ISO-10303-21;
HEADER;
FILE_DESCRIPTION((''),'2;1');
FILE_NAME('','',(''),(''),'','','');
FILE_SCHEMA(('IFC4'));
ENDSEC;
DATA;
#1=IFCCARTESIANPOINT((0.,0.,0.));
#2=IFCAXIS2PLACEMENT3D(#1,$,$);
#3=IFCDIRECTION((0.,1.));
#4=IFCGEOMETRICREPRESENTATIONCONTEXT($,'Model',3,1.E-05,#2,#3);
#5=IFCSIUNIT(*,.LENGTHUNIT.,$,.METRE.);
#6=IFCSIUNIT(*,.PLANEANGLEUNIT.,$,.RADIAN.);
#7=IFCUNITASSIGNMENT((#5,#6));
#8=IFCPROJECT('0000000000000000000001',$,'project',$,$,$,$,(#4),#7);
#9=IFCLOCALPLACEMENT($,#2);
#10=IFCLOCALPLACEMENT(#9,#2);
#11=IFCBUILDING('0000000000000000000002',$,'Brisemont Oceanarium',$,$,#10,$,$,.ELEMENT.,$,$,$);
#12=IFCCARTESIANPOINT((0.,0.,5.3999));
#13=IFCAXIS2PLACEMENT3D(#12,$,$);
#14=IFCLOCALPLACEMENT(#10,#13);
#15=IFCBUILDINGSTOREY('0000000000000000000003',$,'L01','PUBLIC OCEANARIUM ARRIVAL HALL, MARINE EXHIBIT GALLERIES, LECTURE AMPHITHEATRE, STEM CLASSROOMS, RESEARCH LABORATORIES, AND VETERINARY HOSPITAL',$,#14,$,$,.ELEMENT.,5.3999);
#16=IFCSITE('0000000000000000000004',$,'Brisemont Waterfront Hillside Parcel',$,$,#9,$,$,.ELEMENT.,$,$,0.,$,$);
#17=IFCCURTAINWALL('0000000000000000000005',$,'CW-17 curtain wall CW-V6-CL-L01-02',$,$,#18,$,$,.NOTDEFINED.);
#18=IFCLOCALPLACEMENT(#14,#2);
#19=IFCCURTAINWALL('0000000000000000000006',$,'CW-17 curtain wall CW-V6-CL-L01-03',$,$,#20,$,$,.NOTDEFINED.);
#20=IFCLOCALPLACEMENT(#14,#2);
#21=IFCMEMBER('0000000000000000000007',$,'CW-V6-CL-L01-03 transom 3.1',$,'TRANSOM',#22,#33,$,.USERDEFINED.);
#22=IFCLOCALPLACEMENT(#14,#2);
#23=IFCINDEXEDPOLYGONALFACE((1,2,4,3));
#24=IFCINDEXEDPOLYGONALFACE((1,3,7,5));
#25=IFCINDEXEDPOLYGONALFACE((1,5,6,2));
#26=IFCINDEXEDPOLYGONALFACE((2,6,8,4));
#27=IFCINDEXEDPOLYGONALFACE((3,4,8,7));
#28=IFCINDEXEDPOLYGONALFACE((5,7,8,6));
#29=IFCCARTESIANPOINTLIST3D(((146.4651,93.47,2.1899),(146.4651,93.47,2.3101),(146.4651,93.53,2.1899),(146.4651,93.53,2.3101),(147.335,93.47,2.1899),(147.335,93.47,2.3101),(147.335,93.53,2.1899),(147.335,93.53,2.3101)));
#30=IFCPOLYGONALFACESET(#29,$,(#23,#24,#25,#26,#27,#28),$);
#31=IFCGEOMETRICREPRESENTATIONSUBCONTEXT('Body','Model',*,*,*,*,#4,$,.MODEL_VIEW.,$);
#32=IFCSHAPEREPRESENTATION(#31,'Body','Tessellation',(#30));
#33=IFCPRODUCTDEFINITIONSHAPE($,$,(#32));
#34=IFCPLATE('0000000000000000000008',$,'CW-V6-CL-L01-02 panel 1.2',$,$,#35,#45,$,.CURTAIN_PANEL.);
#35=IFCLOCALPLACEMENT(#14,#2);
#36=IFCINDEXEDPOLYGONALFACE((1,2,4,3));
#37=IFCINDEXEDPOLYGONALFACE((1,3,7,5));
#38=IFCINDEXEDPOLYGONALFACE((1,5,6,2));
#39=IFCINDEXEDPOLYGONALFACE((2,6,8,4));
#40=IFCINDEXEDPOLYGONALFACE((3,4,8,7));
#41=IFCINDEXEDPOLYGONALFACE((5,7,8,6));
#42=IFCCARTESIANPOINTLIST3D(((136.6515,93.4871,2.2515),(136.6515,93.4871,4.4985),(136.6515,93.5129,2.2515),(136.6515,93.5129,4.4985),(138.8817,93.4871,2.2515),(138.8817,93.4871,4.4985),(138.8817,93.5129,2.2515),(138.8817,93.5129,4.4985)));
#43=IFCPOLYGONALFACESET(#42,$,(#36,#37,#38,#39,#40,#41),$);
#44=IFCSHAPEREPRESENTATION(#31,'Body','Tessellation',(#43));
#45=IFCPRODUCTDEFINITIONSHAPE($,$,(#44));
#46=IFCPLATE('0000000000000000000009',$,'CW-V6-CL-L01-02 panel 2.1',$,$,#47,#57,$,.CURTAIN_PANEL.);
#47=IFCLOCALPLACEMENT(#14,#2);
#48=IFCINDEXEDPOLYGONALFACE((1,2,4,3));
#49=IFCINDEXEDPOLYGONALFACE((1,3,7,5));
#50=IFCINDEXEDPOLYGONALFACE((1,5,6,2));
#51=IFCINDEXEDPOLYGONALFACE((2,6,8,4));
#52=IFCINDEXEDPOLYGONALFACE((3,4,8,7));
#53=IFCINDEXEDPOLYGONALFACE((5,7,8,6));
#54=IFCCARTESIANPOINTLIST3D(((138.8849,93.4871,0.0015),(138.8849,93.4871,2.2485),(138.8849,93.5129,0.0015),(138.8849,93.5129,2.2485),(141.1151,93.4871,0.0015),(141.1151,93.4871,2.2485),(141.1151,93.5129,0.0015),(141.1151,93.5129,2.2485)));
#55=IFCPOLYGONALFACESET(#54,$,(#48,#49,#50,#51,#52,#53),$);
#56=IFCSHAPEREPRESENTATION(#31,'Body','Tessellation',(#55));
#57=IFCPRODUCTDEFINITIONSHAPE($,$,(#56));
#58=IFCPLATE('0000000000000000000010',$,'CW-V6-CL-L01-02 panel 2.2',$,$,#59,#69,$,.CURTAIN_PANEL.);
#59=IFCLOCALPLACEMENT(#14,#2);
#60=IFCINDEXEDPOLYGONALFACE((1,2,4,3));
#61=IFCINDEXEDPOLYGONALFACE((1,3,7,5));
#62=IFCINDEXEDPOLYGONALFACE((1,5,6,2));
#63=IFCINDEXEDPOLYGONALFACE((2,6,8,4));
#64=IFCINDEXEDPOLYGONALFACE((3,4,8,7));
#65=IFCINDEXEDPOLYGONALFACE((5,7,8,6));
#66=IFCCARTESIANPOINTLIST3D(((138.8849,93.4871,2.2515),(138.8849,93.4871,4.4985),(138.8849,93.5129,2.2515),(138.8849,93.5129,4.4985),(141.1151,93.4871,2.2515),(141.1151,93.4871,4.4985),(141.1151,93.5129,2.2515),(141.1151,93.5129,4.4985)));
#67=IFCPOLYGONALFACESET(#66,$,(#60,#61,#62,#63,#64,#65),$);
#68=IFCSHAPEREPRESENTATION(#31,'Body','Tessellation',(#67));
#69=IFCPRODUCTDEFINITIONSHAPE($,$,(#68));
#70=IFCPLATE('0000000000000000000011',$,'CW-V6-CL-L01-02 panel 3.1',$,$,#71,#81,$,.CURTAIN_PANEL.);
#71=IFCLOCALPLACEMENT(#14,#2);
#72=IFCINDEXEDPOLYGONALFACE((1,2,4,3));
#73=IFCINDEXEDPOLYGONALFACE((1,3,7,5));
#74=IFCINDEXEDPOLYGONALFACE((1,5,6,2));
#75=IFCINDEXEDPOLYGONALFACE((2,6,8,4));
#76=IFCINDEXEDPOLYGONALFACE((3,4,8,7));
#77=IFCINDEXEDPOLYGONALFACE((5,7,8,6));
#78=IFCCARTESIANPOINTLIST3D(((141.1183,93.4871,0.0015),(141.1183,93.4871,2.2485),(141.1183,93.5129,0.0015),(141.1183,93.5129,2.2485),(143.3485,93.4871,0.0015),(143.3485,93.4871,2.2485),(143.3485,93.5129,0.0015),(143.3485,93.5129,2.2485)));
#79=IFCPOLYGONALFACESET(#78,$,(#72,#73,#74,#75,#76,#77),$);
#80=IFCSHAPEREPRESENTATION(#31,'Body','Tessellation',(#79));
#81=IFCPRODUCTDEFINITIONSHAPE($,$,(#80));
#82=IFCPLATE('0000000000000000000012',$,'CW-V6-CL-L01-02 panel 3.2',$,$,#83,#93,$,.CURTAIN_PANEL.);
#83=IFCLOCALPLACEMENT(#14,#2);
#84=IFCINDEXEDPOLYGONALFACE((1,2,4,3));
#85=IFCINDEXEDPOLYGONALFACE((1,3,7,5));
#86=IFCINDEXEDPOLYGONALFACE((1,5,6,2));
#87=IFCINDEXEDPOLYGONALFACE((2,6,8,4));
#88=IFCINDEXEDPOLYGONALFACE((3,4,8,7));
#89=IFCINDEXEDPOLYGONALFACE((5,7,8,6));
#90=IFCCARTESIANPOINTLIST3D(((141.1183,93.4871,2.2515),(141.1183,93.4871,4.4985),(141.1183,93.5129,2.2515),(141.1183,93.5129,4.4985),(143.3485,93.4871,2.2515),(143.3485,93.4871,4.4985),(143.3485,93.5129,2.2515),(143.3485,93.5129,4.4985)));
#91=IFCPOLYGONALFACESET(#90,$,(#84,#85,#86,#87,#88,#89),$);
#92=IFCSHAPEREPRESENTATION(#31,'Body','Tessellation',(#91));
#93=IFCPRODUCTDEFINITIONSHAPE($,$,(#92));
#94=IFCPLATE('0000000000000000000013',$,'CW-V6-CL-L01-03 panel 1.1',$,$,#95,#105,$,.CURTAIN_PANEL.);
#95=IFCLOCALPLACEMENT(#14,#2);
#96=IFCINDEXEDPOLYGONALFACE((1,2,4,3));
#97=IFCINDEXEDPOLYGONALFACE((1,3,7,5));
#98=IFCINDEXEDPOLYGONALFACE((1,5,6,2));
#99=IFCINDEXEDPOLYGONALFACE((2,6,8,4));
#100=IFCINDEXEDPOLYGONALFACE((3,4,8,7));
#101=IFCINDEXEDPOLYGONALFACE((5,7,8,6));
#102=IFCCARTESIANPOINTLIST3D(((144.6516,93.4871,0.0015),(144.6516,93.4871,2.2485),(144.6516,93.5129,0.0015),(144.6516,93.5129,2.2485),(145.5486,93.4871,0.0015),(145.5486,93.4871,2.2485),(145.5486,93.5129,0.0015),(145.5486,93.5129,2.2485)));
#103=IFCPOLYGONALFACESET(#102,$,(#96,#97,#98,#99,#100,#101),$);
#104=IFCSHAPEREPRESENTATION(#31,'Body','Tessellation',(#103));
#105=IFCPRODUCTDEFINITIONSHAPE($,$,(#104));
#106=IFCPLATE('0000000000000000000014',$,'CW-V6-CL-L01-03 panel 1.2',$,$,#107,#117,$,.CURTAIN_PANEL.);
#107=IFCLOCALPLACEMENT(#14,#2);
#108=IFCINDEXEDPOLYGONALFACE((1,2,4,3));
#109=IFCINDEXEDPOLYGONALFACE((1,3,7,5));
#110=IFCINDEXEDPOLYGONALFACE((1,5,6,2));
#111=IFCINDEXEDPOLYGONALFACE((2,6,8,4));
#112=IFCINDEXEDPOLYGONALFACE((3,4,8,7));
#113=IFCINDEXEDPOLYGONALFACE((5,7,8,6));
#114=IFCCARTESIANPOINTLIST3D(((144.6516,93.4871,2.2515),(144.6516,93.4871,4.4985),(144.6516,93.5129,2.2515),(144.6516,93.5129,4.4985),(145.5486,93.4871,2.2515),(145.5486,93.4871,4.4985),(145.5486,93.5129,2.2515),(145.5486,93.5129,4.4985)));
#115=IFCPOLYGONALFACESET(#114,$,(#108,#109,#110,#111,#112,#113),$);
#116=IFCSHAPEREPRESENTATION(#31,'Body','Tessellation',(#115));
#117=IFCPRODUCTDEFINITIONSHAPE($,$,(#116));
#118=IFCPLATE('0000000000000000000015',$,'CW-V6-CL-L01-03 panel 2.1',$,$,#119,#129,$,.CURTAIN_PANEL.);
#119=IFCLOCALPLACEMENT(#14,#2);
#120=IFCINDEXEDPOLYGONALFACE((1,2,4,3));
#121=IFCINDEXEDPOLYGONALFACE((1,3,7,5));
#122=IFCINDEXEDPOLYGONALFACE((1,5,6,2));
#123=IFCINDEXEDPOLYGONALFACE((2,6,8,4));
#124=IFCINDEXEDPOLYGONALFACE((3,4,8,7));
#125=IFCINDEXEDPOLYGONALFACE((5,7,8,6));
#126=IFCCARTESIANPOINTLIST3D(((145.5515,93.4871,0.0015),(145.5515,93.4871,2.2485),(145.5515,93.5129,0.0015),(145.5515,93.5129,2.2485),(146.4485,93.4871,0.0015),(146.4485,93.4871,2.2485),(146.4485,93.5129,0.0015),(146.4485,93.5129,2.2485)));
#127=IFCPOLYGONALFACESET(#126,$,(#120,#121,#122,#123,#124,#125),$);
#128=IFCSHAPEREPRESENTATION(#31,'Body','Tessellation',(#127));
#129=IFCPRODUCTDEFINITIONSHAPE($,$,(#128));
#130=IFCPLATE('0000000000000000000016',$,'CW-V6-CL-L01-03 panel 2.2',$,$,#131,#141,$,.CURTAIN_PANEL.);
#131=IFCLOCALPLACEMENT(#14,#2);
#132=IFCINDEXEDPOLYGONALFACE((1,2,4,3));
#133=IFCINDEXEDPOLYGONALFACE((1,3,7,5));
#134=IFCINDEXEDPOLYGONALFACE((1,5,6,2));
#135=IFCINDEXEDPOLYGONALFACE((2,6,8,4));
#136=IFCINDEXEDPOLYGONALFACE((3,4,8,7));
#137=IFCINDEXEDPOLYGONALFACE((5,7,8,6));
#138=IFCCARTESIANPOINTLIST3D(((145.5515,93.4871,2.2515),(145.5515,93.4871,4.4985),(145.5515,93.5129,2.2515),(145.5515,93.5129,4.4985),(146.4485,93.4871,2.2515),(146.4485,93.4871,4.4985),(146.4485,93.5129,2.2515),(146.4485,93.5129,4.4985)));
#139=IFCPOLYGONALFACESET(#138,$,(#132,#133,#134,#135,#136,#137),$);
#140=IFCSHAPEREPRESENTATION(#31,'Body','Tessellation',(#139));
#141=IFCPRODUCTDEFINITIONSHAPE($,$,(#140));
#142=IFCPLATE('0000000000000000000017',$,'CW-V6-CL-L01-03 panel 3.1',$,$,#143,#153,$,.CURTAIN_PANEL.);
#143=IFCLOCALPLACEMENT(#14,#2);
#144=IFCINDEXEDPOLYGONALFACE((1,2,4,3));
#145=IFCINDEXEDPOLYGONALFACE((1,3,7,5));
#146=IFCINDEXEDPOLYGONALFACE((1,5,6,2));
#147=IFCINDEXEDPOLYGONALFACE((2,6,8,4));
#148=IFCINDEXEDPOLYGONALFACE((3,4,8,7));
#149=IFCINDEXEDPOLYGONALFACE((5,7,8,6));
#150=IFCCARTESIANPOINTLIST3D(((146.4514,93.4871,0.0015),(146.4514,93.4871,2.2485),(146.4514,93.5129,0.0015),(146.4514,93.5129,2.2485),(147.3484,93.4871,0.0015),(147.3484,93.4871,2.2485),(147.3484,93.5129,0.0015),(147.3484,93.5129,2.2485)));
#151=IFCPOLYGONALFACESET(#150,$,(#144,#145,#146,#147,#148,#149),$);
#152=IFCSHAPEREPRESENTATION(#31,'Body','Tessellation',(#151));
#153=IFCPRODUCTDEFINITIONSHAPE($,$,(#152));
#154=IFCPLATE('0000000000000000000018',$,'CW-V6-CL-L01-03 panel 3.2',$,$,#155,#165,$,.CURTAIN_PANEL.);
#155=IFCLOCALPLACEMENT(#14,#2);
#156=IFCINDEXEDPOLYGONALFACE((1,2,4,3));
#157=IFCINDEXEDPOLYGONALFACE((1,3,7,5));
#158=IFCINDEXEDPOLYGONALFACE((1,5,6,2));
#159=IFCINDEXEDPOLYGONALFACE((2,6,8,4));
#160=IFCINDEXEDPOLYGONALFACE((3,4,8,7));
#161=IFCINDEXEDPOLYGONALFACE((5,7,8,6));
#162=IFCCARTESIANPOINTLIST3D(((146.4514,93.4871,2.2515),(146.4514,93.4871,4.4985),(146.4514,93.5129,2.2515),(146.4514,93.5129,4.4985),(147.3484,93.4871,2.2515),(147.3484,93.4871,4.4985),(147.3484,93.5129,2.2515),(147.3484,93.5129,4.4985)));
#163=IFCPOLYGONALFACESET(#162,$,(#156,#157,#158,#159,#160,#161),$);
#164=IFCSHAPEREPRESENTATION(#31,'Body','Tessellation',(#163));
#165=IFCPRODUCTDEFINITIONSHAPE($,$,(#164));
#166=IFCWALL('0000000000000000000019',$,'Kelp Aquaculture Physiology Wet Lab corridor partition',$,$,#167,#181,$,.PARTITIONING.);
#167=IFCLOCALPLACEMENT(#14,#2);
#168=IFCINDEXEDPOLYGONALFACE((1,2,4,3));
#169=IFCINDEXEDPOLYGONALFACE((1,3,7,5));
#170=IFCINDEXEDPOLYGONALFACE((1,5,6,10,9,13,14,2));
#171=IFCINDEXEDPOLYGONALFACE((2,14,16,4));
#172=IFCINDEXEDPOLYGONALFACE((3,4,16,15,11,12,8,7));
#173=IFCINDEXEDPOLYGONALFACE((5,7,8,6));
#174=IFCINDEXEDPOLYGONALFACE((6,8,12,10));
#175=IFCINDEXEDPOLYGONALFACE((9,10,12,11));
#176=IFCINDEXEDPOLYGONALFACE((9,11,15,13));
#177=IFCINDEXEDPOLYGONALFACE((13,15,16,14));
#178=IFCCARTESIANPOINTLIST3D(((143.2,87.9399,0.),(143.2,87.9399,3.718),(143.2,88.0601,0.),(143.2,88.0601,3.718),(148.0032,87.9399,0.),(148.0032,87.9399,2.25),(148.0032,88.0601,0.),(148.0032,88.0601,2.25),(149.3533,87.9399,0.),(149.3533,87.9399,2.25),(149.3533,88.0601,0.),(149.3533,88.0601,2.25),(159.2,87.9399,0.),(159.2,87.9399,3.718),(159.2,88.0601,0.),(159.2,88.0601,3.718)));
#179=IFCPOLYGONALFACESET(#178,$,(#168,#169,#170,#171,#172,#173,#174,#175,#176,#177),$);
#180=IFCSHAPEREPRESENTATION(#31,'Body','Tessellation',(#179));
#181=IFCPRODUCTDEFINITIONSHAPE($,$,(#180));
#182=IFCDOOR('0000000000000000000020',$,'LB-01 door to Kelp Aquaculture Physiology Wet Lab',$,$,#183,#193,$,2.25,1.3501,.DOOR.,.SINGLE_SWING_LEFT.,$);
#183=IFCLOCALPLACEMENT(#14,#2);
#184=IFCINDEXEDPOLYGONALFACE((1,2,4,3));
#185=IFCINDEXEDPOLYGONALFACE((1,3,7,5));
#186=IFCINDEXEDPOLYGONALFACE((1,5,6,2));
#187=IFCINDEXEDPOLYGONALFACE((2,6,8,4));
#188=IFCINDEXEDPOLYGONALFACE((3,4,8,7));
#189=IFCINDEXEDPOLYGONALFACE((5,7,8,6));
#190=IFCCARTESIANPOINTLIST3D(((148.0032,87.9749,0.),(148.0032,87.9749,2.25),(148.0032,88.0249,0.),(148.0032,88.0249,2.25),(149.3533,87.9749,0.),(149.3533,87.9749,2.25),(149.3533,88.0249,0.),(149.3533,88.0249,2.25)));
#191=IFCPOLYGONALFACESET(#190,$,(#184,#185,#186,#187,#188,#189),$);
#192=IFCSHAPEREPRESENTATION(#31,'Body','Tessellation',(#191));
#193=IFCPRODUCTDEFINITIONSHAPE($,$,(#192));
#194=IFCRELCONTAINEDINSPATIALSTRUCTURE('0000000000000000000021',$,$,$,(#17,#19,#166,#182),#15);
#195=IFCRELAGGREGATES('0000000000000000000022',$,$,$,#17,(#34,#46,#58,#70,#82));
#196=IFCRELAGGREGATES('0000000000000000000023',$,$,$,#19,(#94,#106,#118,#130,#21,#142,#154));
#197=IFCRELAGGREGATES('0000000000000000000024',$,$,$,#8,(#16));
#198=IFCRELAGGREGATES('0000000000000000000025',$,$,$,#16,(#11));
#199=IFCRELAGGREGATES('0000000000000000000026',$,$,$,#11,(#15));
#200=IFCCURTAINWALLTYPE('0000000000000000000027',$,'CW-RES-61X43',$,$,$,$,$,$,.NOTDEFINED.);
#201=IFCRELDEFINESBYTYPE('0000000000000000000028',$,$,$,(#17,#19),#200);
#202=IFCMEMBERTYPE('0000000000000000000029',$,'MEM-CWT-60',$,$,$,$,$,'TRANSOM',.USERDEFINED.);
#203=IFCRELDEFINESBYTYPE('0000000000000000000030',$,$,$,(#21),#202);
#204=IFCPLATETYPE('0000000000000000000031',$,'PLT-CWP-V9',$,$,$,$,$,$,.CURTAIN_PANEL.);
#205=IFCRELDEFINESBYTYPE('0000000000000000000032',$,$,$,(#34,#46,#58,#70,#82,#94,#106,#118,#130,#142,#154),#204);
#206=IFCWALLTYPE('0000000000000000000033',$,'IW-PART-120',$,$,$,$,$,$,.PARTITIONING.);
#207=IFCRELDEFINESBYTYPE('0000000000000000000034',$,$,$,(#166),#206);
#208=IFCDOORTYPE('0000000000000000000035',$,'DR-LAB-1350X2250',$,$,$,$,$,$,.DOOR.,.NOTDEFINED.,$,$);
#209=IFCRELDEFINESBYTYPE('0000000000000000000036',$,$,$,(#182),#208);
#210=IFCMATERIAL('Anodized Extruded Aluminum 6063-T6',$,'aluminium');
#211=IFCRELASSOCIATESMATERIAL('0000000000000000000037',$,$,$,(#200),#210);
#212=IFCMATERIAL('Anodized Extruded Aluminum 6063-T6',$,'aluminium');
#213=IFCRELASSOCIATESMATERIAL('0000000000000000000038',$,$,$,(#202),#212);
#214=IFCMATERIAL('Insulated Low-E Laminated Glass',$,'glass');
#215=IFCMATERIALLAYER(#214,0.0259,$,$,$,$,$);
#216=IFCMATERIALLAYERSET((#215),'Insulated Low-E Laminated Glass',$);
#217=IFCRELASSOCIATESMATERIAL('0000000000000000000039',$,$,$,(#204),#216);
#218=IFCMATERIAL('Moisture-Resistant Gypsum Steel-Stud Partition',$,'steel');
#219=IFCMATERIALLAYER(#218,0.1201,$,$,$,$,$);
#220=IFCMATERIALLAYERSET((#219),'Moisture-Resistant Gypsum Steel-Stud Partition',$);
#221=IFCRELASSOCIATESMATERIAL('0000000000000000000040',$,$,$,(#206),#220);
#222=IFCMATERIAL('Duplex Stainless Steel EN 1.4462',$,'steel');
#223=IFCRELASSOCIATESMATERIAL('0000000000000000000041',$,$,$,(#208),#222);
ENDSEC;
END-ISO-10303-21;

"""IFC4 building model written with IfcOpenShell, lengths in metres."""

from ifc_helpers import new_model, si_unit, direction, frame, frame_2d, origin, origin_2d, place, context, subcontext, project, spatial, rectangle, extrude, material, layer, layer_set, material_profile, profile_set, type_object, element, fill, aggregate, save


model = new_model("IFC4")

# Units and contexts
model_context = context("Model", 3, precision=1e-05, world=origin(), true_north=direction((0.0, 1.0)))
body_context = subcontext(model_context, "Body", "Model", "MODEL_VIEW")
ifc_project = project(units=[si_unit("LENGTHUNIT", "METRE"), si_unit("PLANEANGLEUNIT", "RADIAN")], contexts=[model_context])

# Site, building, storey
site_placement = place(None, origin())
site = spatial("IfcSite", under=ifc_project, at=site_placement, Name="Brisemont Waterfront Hillside Parcel", CompositionType="ELEMENT", RefElevation=0.0)
building_placement = place(site_placement, origin())
building = spatial("IfcBuilding", under=site, at=building_placement, Name="Brisemont Oceanarium", CompositionType="ELEMENT")
storey_placement = place(building_placement, frame((0.0, 0.0, 5.3999)))
storey = spatial("IfcBuildingStorey", under=building, at=storey_placement, Name="L01", Description="PUBLIC OCEANARIUM ARRIVAL HALL, MARINE EXHIBIT GALLERIES, LECTURE AMPHITHEATRE, STEM CLASSROOMS, RESEARCH LABORATORIES, AND VETERINARY HOSPITAL", CompositionType="ELEMENT", Elevation=5.3999)

# Curtain walls
ifc_material_1 = material(Name="Anodized Extruded Aluminum 6063-T6", Category="aluminium")
curtain_wall_type = type_object("IfcCurtainWallType", Name="CW-RES-61X43", PredefinedType="NOTDEFINED", material=ifc_material_1)
curtain_wall_1_placement = place(storey_placement, origin())
curtain_wall_1 = element("IfcCurtainWall", 1, at=curtain_wall_1_placement, inside=storey, type_object=curtain_wall_type, Name="CW-17 curtain wall CW-V6-CL-L01-02", PredefinedType="NOTDEFINED")
curtain_wall_2_placement = place(storey_placement, origin())
curtain_wall_2 = element("IfcCurtainWall", 2, at=curtain_wall_2_placement, inside=storey, type_object=curtain_wall_type, Name="CW-17 curtain wall CW-V6-CL-L01-03", PredefinedType="NOTDEFINED")

# Member
ifc_material_2 = material(Name="Anodized Extruded Aluminum 6063-T6", Category="aluminium")
ifc_material_profile_1 = material_profile(ifc_material_2, rectangle(XDim=0.0601, YDim=0.1201, at=origin_2d()), Name="CWT-60X120")
ifc_profile_set_1 = profile_set([ifc_material_profile_1], Name="Anodized Extruded Aluminum 6063-T6")
member_type_1 = type_object("IfcMemberType", Name="MEM-CWT-60", ElementType="TRANSOM", PredefinedType="USERDEFINED", material=ifc_profile_set_1)
member_1_placement = place(storey_placement, frame((146.4651, 93.5, 2.25), z_axis=(1.0, 0.0, 0.0), x_axis=(0.0, 1.0, 0.0)))
member_1 = element("IfcMember", 3, at=member_1_placement, type_object=member_type_1, Name="CW-V6-CL-L01-03 transom 3.1", ObjectType="TRANSOM", PredefinedType="USERDEFINED", context=body_context, shape_type="SweptSolid", body=[
    extrude(rectangle(XDim=0.0601, YDim=0.1201, at=origin_2d()), origin(), (0.0, 0.0, 1.0), 0.8699),
])

# Plates
ifc_material_3 = material(Name="Insulated Low-E Laminated Glass", Category="glass")
ifc_layer_1 = layer(ifc_material_3, 0.0259)
ifc_layer_set_1 = layer_set([ifc_layer_1], Name="Insulated Low-E Laminated Glass")
plate_type = type_object("IfcPlateType", Name="PLT-CWP-V9", PredefinedType="CURTAIN_PANEL", material=ifc_layer_set_1)
plate_1_placement = place(storey_placement, frame((137.7666, 93.5, 2.2515), z_axis=(0.0, 0.0, 1.0), x_axis=(1.0, 0.0, 0.0)))
plate_1 = element("IfcPlate", 4, at=plate_1_placement, type_object=plate_type, Name="CW-V6-CL-L01-02 panel 1.2", PredefinedType="CURTAIN_PANEL", context=body_context, shape_type="SweptSolid", body=[
    extrude(rectangle(XDim=2.2302, YDim=0.0259, at=origin_2d()), origin(), (0.0, 0.0, 1.0), 2.2471),
])
plate_2_placement = place(storey_placement, frame((140.0, 93.5, 0.0015), z_axis=(0.0, 0.0, 1.0), x_axis=(1.0, 0.0, 0.0)))
plate_2 = element("IfcPlate", 5, at=plate_2_placement, type_object=plate_type, Name="CW-V6-CL-L01-02 panel 2.1", PredefinedType="CURTAIN_PANEL", context=body_context, shape_type="SweptSolid", body=[
    extrude(rectangle(XDim=2.2302, YDim=0.0259, at=origin_2d()), origin(), (0.0, 0.0, 1.0), 2.2471),
])
plate_3_placement = place(storey_placement, frame((140.0, 93.5, 2.2515), z_axis=(0.0, 0.0, 1.0), x_axis=(1.0, 0.0, 0.0)))
plate_3 = element("IfcPlate", 6, at=plate_3_placement, type_object=plate_type, Name="CW-V6-CL-L01-02 panel 2.2", PredefinedType="CURTAIN_PANEL", context=body_context, shape_type="SweptSolid", body=[
    extrude(rectangle(XDim=2.2302, YDim=0.0259, at=origin_2d()), origin(), (0.0, 0.0, 1.0), 2.2471),
])
plate_4_placement = place(storey_placement, frame((142.2334, 93.5, 0.0015), z_axis=(0.0, 0.0, 1.0), x_axis=(1.0, 0.0, 0.0)))
plate_4 = element("IfcPlate", 7, at=plate_4_placement, type_object=plate_type, Name="CW-V6-CL-L01-02 panel 3.1", PredefinedType="CURTAIN_PANEL", context=body_context, shape_type="SweptSolid", body=[
    extrude(rectangle(XDim=2.2302, YDim=0.0259, at=origin_2d()), origin(), (0.0, 0.0, 1.0), 2.2471),
])
plate_5_placement = place(storey_placement, frame((142.2334, 93.5, 2.2515), z_axis=(0.0, 0.0, 1.0), x_axis=(1.0, 0.0, 0.0)))
plate_5 = element("IfcPlate", 8, at=plate_5_placement, type_object=plate_type, Name="CW-V6-CL-L01-02 panel 3.2", PredefinedType="CURTAIN_PANEL", context=body_context, shape_type="SweptSolid", body=[
    extrude(rectangle(XDim=2.2302, YDim=0.0259, at=origin_2d()), origin(), (0.0, 0.0, 1.0), 2.2471),
])
aggregate(curtain_wall_1, [plate_1, plate_2, plate_3, plate_4, plate_5])
plate_6_placement = place(storey_placement, frame((145.1001, 93.5, 0.0015), z_axis=(0.0, 0.0, 1.0), x_axis=(1.0, 0.0, 0.0)))
plate_6 = element("IfcPlate", 9, at=plate_6_placement, type_object=plate_type, Name="CW-V6-CL-L01-03 panel 1.1", PredefinedType="CURTAIN_PANEL", context=body_context, shape_type="SweptSolid", body=[
    extrude(rectangle(XDim=0.897, YDim=0.0259, at=origin_2d()), origin(), (0.0, 0.0, 1.0), 2.2471),
])
plate_7_placement = place(storey_placement, frame((145.1001, 93.5, 2.2515), z_axis=(0.0, 0.0, 1.0), x_axis=(1.0, 0.0, 0.0)))
plate_7 = element("IfcPlate", 10, at=plate_7_placement, type_object=plate_type, Name="CW-V6-CL-L01-03 panel 1.2", PredefinedType="CURTAIN_PANEL", context=body_context, shape_type="SweptSolid", body=[
    extrude(rectangle(XDim=0.897, YDim=0.0259, at=origin_2d()), origin(), (0.0, 0.0, 1.0), 2.2471),
])
plate_8_placement = place(storey_placement, frame((146.0, 93.5, 0.0015), z_axis=(0.0, 0.0, 1.0), x_axis=(1.0, 0.0, 0.0)))
plate_8 = element("IfcPlate", 11, at=plate_8_placement, type_object=plate_type, Name="CW-V6-CL-L01-03 panel 2.1", PredefinedType="CURTAIN_PANEL", context=body_context, shape_type="SweptSolid", body=[
    extrude(rectangle(XDim=0.897, YDim=0.0259, at=origin_2d()), origin(), (0.0, 0.0, 1.0), 2.2471),
])
plate_9_placement = place(storey_placement, frame((146.0, 93.5, 2.2515), z_axis=(0.0, 0.0, 1.0), x_axis=(1.0, 0.0, 0.0)))
plate_9 = element("IfcPlate", 12, at=plate_9_placement, type_object=plate_type, Name="CW-V6-CL-L01-03 panel 2.2", PredefinedType="CURTAIN_PANEL", context=body_context, shape_type="SweptSolid", body=[
    extrude(rectangle(XDim=0.897, YDim=0.0259, at=origin_2d()), origin(), (0.0, 0.0, 1.0), 2.2471),
])
plate_10_placement = place(storey_placement, frame((146.8999, 93.5, 0.0015), z_axis=(0.0, 0.0, 1.0), x_axis=(1.0, 0.0, 0.0)))
plate_10 = element("IfcPlate", 13, at=plate_10_placement, type_object=plate_type, Name="CW-V6-CL-L01-03 panel 3.1", PredefinedType="CURTAIN_PANEL", context=body_context, shape_type="SweptSolid", body=[
    extrude(rectangle(XDim=0.897, YDim=0.0259, at=origin_2d()), origin(), (0.0, 0.0, 1.0), 2.2471),
])
plate_11_placement = place(storey_placement, frame((146.8999, 93.5, 2.2515), z_axis=(0.0, 0.0, 1.0), x_axis=(1.0, 0.0, 0.0)))
plate_11 = element("IfcPlate", 14, at=plate_11_placement, type_object=plate_type, Name="CW-V6-CL-L01-03 panel 3.2", PredefinedType="CURTAIN_PANEL", context=body_context, shape_type="SweptSolid", body=[
    extrude(rectangle(XDim=0.897, YDim=0.0259, at=origin_2d()), origin(), (0.0, 0.0, 1.0), 2.2471),
])
aggregate(curtain_wall_2, [plate_6, plate_7, plate_8, plate_9, member_1, plate_10, plate_11])

# Wall, opening, door
ifc_material_4 = material(Name="Moisture-Resistant Gypsum Steel-Stud Partition", Category="steel")
ifc_layer_2 = layer(ifc_material_4, 0.1201)
ifc_layer_set_2 = layer_set([ifc_layer_2], Name="Moisture-Resistant Gypsum Steel-Stud Partition")
wall_type = type_object("IfcWallType", Name="IW-PART-120", PredefinedType="PARTITIONING", material=ifc_layer_set_2)
wall_placement = place(storey_placement, frame((143.2, 88.0, 0.0), z_axis=(0.0, 0.0, 1.0), x_axis=(1.0, 0.0, 0.0)))
wall = element("IfcWall", 15, at=wall_placement, inside=storey, type_object=wall_type, Name="Kelp Aquaculture Physiology Wet Lab corridor partition", PredefinedType="PARTITIONING", context=body_context, shape_type="SweptSolid", body=[
    extrude(rectangle(XDim=16.0, YDim=0.1201, at=frame_2d((8.0, 0.0))), origin(), (0.0, 0.0, 1.0), 3.718),
])
opening_placement = place(wall_placement, frame((4.8032, 0.0, 0.0)))
opening = element("IfcOpeningElement", 16, at=opening_placement, cuts=wall, PredefinedType="OPENING", context=body_context, shape_type="SweptSolid", body=[
    extrude(rectangle(XDim=1.3501, YDim=2.25, at=frame_2d((0.675, 1.125))), frame((0.0, 0.0701, 0.0), z_axis=(0.0, -1.0, 0.0), x_axis=(1.0, 0.0, 0.0)), (0.0, 0.0, 1.0), 0.1401),
])
ifc_material_5 = material(Name="Duplex Stainless Steel EN 1.4462", Category="steel")
door_type = type_object("IfcDoorType", Name="DR-LAB-1350X2250", OperationType="NOTDEFINED", PredefinedType="DOOR", material=ifc_material_5)
door_placement = place(opening_placement, origin())
door = element("IfcDoor", 17, at=door_placement, inside=storey, type_object=door_type, Name="LB-01 door to Kelp Aquaculture Physiology Wet Lab", OperationType="SINGLE_SWING_LEFT", OverallHeight=2.25, OverallWidth=1.3501, PredefinedType="DOOR", context=body_context, shape_type="SweptSolid", body=[
    extrude(rectangle(XDim=1.3501, YDim=2.25, at=frame_2d((0.675, 1.125))), frame((0.0, 0.0249, 0.0), z_axis=(0.0, -1.0, 0.0), x_axis=(1.0, 0.0, 0.0)), (0.0, 0.0, 1.0), 0.05),
])
fill(opening, door)

save(model, "model.ifc")
